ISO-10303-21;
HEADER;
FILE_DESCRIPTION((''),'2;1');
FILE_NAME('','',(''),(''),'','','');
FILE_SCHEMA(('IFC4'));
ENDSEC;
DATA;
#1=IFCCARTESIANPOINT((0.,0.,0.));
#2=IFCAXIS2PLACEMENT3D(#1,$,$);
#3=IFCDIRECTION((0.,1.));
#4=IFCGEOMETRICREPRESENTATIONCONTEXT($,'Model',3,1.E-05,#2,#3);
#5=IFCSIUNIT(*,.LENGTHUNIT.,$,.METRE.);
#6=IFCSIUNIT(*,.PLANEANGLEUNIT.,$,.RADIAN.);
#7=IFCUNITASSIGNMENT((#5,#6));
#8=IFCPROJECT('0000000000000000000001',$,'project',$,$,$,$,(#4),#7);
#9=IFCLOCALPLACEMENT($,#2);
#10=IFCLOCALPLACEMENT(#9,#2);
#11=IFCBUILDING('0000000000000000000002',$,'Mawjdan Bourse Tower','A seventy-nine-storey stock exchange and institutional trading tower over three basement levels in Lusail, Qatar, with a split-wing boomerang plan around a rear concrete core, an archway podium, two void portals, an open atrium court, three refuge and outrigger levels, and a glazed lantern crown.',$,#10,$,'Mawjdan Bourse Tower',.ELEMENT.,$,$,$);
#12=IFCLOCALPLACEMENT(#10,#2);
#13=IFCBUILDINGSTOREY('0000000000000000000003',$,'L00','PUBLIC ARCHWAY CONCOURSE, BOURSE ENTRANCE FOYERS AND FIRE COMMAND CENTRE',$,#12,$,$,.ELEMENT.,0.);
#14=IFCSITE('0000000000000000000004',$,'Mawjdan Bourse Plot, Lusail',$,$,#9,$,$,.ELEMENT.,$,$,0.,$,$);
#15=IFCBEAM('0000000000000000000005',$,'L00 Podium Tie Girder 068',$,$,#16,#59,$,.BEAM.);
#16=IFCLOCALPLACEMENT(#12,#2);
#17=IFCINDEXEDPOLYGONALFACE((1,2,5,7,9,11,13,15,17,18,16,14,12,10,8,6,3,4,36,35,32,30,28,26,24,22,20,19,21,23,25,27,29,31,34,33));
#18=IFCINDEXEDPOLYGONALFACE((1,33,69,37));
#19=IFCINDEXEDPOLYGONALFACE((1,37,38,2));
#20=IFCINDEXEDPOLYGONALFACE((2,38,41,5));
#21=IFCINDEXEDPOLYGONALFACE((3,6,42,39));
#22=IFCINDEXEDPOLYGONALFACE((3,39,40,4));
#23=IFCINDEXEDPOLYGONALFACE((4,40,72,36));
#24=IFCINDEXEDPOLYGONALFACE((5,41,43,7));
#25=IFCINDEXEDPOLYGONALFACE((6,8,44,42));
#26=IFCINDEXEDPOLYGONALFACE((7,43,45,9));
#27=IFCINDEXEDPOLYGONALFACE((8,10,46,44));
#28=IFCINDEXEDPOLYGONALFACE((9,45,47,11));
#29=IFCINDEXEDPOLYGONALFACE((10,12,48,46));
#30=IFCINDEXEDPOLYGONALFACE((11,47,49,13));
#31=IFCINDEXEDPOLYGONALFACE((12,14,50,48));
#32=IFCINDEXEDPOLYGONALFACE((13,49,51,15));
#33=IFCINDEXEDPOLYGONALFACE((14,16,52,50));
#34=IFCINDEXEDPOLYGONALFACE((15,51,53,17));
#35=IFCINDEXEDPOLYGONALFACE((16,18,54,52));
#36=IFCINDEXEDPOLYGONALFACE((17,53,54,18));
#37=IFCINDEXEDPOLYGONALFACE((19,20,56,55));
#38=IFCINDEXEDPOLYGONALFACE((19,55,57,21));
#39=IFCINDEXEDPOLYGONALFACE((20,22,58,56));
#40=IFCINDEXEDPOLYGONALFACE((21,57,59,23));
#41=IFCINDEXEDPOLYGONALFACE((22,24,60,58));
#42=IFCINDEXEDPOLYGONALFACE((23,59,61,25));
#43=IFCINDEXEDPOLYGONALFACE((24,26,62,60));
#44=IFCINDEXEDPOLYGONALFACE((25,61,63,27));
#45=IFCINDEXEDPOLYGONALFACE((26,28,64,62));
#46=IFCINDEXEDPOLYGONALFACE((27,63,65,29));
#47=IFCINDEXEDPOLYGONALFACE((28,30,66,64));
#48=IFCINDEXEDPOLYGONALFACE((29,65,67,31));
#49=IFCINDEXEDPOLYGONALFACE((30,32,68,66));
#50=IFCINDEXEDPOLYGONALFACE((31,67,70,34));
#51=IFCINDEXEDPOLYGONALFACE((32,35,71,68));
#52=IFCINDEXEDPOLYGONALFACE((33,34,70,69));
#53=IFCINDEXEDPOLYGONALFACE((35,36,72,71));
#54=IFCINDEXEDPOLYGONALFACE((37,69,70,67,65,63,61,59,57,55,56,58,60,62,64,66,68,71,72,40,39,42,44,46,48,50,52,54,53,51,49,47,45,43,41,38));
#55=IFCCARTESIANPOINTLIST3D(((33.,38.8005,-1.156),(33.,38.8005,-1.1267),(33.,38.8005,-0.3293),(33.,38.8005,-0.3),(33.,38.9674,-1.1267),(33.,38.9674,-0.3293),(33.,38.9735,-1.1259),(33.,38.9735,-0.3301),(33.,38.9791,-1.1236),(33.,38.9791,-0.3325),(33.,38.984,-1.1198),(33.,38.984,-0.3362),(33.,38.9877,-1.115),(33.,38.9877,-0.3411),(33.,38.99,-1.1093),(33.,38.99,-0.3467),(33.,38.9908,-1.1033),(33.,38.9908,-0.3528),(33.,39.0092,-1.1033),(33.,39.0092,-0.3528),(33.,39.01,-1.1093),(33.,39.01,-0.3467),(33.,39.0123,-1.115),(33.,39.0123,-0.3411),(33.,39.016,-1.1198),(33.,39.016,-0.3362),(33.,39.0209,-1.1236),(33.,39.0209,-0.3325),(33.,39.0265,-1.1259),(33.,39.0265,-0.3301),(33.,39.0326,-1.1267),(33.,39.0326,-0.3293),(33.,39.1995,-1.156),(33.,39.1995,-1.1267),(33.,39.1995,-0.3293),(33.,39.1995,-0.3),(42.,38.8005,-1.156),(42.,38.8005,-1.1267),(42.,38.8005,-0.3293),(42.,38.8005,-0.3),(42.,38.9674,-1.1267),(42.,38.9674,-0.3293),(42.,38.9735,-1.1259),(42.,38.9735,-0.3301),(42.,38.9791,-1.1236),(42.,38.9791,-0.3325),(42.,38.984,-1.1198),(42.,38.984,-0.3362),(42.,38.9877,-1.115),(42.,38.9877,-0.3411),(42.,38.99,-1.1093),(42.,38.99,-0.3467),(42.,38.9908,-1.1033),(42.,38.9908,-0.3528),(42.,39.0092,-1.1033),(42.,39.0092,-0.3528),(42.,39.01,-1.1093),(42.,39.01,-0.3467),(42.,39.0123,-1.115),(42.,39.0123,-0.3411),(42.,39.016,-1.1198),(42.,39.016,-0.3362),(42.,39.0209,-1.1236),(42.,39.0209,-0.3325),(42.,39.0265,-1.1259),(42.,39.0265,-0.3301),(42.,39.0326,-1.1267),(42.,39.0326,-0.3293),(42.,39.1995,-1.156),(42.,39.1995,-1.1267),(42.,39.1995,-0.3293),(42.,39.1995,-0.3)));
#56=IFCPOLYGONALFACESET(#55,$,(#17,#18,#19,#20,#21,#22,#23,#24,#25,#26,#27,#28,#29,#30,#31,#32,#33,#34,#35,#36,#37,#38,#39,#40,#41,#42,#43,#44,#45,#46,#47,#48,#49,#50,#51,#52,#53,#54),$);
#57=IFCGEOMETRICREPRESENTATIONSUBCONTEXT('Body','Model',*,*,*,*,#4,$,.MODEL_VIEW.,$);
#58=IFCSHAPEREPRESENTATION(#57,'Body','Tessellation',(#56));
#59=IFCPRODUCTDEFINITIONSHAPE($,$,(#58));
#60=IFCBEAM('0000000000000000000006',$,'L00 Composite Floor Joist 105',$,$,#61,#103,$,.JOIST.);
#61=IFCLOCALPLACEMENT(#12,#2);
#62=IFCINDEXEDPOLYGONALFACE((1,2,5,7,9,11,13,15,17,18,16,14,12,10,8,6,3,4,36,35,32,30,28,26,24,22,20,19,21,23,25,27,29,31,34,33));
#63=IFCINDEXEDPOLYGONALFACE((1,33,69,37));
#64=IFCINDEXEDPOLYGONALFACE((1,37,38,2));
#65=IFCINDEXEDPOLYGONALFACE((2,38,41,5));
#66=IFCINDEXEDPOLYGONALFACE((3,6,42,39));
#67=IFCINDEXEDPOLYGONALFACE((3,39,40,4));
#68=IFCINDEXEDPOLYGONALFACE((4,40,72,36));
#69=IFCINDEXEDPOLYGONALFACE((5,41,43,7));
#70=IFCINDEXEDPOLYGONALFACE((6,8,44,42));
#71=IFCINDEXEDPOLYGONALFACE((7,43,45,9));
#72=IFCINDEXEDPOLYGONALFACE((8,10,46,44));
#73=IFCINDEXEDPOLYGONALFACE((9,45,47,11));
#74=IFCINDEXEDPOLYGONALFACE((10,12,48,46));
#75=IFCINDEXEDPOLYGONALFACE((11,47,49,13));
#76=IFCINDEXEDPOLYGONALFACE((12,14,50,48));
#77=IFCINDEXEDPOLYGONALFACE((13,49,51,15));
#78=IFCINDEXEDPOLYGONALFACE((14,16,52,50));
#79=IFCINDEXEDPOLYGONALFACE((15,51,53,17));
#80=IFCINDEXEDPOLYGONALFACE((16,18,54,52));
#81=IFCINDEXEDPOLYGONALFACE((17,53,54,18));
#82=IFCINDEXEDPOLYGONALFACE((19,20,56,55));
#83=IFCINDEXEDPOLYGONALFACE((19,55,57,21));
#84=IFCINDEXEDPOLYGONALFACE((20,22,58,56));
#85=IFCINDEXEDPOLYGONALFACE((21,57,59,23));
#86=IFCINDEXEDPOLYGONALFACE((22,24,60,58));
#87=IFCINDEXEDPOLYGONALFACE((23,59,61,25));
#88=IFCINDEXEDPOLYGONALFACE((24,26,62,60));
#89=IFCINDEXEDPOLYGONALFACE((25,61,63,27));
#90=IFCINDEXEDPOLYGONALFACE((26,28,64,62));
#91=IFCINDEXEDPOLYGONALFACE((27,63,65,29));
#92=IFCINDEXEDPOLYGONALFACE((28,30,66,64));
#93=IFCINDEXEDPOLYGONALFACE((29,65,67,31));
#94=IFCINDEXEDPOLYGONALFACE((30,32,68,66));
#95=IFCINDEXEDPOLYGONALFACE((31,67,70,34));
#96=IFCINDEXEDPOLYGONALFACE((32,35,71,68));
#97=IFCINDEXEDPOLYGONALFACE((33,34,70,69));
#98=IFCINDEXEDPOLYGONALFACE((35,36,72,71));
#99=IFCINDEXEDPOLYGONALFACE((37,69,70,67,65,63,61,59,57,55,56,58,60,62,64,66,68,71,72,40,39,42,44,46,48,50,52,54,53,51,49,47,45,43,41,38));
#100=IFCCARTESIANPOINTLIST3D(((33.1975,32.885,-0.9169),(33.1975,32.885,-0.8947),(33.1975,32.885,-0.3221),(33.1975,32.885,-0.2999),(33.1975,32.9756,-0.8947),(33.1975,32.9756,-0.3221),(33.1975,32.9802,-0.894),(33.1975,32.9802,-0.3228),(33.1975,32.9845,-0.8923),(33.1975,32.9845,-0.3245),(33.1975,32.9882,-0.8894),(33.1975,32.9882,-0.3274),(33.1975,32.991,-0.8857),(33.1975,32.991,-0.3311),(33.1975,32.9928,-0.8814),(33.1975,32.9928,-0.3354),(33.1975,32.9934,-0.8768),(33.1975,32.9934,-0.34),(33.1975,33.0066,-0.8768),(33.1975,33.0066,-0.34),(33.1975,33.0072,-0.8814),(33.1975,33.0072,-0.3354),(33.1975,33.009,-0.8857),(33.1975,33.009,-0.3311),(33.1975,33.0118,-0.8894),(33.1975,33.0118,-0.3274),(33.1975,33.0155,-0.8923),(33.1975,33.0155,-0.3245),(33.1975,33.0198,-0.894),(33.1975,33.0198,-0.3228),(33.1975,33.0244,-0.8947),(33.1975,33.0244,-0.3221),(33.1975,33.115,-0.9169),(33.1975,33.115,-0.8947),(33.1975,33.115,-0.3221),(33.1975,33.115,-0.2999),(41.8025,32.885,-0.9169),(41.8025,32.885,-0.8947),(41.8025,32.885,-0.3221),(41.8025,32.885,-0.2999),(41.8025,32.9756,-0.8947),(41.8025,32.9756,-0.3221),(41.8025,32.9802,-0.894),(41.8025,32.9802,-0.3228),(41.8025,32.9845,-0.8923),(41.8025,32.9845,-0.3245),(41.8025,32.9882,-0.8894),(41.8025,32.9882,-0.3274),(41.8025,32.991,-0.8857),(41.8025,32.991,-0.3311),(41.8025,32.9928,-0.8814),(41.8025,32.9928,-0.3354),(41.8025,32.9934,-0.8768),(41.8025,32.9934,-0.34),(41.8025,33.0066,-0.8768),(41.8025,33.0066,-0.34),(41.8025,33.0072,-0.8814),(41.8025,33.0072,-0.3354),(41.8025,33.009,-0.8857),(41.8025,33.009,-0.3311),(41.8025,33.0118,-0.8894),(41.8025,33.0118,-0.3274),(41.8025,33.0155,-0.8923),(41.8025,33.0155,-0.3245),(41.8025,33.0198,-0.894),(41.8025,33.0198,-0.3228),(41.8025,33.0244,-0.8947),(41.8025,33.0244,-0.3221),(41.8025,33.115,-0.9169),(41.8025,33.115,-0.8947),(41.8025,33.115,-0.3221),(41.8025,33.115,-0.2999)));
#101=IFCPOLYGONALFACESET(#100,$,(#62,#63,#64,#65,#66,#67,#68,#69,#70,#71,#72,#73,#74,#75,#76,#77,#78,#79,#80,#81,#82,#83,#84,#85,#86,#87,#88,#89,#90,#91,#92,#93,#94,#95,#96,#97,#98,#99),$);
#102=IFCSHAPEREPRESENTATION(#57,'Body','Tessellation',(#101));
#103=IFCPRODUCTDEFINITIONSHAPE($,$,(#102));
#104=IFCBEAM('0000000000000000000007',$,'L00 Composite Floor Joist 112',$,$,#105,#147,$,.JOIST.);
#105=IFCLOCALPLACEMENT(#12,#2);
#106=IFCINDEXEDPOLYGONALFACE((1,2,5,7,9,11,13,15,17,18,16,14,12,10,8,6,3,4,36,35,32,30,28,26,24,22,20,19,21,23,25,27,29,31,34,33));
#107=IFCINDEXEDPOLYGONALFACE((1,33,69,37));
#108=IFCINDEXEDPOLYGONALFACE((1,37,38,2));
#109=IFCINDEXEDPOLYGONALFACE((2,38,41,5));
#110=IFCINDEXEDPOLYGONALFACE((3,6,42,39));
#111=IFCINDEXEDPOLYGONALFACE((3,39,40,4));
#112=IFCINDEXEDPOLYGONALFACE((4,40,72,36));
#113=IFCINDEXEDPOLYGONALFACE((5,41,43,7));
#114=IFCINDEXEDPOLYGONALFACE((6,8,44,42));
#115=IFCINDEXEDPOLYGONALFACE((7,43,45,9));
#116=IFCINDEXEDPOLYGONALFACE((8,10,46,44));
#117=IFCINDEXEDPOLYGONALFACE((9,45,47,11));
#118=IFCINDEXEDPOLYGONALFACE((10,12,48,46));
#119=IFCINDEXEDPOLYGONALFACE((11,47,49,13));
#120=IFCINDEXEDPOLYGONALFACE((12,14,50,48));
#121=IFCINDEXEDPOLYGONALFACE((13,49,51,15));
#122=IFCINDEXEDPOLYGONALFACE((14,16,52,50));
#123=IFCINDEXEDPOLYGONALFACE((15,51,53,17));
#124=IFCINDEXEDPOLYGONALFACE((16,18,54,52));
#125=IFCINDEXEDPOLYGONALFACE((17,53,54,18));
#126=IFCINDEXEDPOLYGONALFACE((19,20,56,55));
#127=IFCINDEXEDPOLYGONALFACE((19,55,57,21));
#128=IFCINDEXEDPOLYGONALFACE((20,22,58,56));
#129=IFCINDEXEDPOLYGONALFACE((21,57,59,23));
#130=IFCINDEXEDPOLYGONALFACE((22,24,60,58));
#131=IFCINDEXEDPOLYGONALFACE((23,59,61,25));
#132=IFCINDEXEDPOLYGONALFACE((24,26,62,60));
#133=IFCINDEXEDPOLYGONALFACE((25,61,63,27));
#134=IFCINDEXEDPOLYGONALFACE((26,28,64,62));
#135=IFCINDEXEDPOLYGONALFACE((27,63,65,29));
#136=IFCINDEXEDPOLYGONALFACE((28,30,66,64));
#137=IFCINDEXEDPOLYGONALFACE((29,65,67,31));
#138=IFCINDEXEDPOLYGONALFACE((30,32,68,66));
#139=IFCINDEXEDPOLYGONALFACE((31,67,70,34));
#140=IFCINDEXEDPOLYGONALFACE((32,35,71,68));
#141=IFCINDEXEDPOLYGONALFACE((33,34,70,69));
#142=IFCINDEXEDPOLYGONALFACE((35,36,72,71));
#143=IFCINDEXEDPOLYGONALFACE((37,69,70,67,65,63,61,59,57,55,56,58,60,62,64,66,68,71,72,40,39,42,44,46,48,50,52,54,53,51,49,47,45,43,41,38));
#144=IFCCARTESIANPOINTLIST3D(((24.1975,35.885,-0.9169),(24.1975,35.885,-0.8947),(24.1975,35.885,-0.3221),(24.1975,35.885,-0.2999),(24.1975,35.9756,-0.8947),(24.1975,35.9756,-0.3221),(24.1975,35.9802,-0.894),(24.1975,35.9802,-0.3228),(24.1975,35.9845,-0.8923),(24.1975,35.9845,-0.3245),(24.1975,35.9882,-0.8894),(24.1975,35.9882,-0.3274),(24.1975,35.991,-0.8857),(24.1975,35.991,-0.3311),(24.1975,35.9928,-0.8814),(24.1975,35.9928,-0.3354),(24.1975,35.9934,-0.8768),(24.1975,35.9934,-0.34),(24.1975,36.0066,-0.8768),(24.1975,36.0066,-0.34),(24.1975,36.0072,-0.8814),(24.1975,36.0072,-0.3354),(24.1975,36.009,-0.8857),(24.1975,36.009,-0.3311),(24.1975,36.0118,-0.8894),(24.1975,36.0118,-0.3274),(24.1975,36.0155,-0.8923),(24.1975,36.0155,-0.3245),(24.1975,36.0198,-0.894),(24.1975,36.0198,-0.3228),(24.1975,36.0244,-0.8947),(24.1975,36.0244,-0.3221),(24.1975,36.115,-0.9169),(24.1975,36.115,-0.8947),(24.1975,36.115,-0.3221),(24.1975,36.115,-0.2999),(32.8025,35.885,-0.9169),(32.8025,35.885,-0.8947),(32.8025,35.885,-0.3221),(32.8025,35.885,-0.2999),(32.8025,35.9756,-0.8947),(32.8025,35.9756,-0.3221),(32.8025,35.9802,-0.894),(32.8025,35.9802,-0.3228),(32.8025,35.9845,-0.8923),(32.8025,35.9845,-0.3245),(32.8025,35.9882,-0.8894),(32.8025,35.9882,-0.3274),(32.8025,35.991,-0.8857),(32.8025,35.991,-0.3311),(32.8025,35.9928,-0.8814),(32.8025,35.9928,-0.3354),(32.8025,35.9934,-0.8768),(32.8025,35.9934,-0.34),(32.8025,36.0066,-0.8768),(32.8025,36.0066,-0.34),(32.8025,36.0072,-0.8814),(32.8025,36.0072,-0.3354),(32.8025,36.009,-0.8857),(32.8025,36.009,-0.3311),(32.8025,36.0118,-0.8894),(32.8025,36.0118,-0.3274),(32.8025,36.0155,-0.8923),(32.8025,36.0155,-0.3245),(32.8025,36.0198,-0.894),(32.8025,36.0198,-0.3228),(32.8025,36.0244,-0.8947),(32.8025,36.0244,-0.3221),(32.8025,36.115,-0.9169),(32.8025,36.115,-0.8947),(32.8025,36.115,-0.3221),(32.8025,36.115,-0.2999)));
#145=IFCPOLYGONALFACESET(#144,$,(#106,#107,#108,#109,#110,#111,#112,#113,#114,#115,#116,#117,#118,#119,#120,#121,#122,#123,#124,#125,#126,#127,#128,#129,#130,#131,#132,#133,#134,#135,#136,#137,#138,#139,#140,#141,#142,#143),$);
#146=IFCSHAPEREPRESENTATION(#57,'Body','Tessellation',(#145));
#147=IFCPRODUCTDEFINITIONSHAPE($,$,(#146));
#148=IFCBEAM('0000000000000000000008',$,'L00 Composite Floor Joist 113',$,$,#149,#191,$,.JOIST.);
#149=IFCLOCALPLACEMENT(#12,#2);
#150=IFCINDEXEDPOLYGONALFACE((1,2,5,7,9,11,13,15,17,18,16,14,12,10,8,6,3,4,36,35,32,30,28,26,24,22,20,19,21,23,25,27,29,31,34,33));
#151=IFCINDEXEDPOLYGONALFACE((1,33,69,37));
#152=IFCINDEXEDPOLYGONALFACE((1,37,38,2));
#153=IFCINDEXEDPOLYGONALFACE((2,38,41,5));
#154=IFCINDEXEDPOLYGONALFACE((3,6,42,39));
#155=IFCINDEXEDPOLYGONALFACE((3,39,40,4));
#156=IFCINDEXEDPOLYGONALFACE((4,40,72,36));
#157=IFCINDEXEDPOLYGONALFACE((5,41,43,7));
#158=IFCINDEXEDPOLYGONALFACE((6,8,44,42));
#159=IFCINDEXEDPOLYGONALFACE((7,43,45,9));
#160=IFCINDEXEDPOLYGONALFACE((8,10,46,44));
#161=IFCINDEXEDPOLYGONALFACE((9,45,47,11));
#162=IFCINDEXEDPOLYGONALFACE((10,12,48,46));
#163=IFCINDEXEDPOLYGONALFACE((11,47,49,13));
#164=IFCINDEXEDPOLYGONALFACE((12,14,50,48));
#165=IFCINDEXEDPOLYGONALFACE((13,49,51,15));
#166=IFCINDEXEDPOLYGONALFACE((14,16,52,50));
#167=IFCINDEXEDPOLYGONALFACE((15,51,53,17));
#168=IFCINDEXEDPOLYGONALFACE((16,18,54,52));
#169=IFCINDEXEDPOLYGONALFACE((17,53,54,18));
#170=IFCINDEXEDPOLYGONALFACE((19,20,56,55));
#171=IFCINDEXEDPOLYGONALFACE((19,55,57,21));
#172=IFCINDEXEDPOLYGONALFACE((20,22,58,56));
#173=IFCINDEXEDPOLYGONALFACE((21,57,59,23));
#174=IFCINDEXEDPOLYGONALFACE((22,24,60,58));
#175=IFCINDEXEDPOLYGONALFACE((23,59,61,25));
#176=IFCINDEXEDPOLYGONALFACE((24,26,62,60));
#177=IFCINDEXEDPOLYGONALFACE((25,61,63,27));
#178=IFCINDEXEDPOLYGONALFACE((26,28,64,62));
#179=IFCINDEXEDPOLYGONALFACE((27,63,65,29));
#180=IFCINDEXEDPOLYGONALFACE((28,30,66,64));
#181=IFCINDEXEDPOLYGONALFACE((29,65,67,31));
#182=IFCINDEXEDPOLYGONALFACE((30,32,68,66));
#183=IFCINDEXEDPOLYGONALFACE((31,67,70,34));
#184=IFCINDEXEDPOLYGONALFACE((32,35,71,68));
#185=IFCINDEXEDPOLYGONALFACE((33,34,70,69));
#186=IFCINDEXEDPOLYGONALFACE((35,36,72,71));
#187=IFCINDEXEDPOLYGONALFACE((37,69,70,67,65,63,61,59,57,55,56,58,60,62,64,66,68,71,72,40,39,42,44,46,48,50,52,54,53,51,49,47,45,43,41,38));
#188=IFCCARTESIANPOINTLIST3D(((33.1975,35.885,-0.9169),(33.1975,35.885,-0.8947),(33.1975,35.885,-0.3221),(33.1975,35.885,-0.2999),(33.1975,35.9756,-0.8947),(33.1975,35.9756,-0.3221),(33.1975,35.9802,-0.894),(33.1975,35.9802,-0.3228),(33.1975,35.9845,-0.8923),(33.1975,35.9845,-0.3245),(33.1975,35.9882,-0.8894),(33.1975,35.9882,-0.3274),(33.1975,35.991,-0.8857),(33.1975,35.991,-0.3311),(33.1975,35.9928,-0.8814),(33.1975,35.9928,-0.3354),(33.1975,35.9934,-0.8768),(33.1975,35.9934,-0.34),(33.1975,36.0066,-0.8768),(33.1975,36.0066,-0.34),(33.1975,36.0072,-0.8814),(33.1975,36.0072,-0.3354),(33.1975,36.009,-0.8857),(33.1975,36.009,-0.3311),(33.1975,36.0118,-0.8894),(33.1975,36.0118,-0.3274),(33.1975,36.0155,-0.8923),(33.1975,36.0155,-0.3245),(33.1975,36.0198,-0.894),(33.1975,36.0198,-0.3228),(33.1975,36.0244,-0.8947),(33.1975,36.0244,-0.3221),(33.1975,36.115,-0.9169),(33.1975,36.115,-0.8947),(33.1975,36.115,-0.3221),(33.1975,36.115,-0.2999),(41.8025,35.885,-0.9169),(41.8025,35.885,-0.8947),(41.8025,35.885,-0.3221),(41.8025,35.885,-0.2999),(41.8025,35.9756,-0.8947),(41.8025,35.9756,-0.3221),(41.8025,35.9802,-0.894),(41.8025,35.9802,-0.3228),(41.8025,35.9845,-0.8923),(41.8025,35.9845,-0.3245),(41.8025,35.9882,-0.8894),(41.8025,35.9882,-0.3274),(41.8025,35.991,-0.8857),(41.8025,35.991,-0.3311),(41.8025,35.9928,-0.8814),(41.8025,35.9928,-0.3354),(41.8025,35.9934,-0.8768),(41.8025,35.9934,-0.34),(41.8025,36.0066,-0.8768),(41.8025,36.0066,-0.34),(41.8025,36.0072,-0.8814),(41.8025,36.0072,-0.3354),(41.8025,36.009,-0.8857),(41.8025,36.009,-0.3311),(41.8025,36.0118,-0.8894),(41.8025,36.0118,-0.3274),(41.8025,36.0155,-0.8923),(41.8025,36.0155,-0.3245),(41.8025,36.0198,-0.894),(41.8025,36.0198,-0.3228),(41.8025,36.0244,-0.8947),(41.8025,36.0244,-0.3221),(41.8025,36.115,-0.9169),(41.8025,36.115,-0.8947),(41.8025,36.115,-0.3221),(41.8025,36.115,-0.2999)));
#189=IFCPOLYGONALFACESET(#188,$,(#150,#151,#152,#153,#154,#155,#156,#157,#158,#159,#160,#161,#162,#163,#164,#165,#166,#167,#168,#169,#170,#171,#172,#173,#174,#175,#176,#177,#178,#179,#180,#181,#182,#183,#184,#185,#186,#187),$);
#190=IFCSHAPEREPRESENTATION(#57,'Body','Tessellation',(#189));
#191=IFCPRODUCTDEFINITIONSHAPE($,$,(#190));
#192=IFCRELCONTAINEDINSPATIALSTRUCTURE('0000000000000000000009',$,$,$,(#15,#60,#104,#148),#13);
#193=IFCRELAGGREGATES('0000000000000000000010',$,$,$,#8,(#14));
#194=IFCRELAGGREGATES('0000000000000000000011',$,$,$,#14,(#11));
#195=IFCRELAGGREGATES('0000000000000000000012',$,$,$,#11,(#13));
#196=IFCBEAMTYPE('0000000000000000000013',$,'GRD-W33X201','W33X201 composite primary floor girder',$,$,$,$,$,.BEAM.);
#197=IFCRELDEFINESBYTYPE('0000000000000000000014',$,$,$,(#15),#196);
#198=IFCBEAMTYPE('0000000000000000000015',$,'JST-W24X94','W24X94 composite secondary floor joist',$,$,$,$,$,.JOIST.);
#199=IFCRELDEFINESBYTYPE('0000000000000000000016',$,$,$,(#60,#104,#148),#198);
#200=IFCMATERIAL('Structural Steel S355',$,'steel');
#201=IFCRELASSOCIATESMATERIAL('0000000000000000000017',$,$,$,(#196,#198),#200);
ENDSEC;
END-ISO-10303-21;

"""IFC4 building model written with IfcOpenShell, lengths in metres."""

from ifc_helpers import new_model, si_unit, direction, frame, origin, origin_2d, place, context, subcontext, project, spatial, i_section, extrude, material, material_profile, profile_set, type_object, element, save


model = new_model("IFC4")

# Units and contexts
model_context = context("Model", 3, precision=1e-05, world=origin(), true_north=direction((0.0, 1.0)))
body_context = subcontext(model_context, "Body", "Model", "MODEL_VIEW")
ifc_project = project(units=[si_unit("LENGTHUNIT", "METRE"), si_unit("PLANEANGLEUNIT", "RADIAN")], contexts=[model_context])

# Site, building, storey
site_placement = place(None, origin())
site = spatial("IfcSite", under=ifc_project, at=site_placement, Name="Mawjdan Bourse Plot, Lusail", CompositionType="ELEMENT", RefElevation=0.0)
building_placement = place(site_placement, origin())
building = spatial("IfcBuilding", under=site, at=building_placement, Name="Mawjdan Bourse Tower", Description="A seventy-nine-storey stock exchange and institutional trading tower over three basement levels in Lusail, Qatar, with a split-wing boomerang plan around a rear concrete core, an archway podium, two void portals, an open atrium court, three refuge and outrigger levels, and a glazed lantern crown.", LongName="Mawjdan Bourse Tower", CompositionType="ELEMENT")
storey_placement = place(building_placement, origin())
storey = spatial("IfcBuildingStorey", under=building, at=storey_placement, Name="L00", Description="PUBLIC ARCHWAY CONCOURSE, BOURSE ENTRANCE FOYERS AND FIRE COMMAND CENTRE", CompositionType="ELEMENT", Elevation=0.0)

# Beams
ifc_material_1 = material(Name="Structural Steel S355", Category="steel")
ifc_material_profile_1 = material_profile(ifc_material_1, i_section(OverallWidth=0.3989, OverallDepth=0.856, WebThickness=0.0183, FlangeThickness=0.0293, FilletRadius=0.0234, at=origin_2d()), Name="W33X201")
ifc_profile_set_1 = profile_set([ifc_material_profile_1], Name="Structural Steel S355")
beam_type_1 = type_object("IfcBeamType", Name="GRD-W33X201", Description="W33X201 composite primary floor girder", PredefinedType="BEAM", material=ifc_profile_set_1)
for number, where, z_axis, x_axis, name in (
    (1, (33.0, 39.0, -0.728), (1.0, 0.0, 0.0), (0.0, 1.0, 0.0), "L00 Podium Tie Girder 068"),
):
    element("IfcBeam", number, at=place(storey_placement, frame(where, z_axis=z_axis, x_axis=x_axis)), inside=storey, type_object=beam_type_1, Name=name, PredefinedType="BEAM", context=body_context, shape_type="SweptSolid", body=[
        extrude(i_section(OverallWidth=0.3989, OverallDepth=0.856, WebThickness=0.0183, FlangeThickness=0.0293, FilletRadius=0.0234, at=origin_2d()), origin(), (0.0, 0.0, 1.0), 9.0),
    ])
ifc_material_profile_2 = material_profile(ifc_material_1, i_section(OverallWidth=0.23, OverallDepth=0.6169, WebThickness=0.0132, FlangeThickness=0.0222, FilletRadius=0.0178, at=origin_2d()), Name="W24X94")
ifc_profile_set_2 = profile_set([ifc_material_profile_2], Name="Structural Steel S355")
beam_type_2 = type_object("IfcBeamType", Name="JST-W24X94", Description="W24X94 composite secondary floor joist", PredefinedType="JOIST", material=ifc_profile_set_2)
for number, where, z_axis, x_axis, name in (
    (2, (33.1975, 33.0, -0.6084), (1.0, 0.0, 0.0), (0.0, 1.0, 0.0), "L00 Composite Floor Joist 105"),
    (3, (24.1975, 36.0, -0.6084), (1.0, 0.0, 0.0), (0.0, 1.0, 0.0), "L00 Composite Floor Joist 112"),
    (4, (33.1975, 36.0, -0.6084), (1.0, 0.0, 0.0), (0.0, 1.0, 0.0), "L00 Composite Floor Joist 113"),
):
    element("IfcBeam", number, at=place(storey_placement, frame(where, z_axis=z_axis, x_axis=x_axis)), inside=storey, type_object=beam_type_2, Name=name, PredefinedType="JOIST", context=body_context, shape_type="SweptSolid", body=[
        extrude(i_section(OverallWidth=0.23, OverallDepth=0.6169, WebThickness=0.0132, FlangeThickness=0.0222, FilletRadius=0.0178, at=origin_2d()), origin(), (0.0, 0.0, 1.0), 8.605),
    ])

save(model, "model.ifc")
